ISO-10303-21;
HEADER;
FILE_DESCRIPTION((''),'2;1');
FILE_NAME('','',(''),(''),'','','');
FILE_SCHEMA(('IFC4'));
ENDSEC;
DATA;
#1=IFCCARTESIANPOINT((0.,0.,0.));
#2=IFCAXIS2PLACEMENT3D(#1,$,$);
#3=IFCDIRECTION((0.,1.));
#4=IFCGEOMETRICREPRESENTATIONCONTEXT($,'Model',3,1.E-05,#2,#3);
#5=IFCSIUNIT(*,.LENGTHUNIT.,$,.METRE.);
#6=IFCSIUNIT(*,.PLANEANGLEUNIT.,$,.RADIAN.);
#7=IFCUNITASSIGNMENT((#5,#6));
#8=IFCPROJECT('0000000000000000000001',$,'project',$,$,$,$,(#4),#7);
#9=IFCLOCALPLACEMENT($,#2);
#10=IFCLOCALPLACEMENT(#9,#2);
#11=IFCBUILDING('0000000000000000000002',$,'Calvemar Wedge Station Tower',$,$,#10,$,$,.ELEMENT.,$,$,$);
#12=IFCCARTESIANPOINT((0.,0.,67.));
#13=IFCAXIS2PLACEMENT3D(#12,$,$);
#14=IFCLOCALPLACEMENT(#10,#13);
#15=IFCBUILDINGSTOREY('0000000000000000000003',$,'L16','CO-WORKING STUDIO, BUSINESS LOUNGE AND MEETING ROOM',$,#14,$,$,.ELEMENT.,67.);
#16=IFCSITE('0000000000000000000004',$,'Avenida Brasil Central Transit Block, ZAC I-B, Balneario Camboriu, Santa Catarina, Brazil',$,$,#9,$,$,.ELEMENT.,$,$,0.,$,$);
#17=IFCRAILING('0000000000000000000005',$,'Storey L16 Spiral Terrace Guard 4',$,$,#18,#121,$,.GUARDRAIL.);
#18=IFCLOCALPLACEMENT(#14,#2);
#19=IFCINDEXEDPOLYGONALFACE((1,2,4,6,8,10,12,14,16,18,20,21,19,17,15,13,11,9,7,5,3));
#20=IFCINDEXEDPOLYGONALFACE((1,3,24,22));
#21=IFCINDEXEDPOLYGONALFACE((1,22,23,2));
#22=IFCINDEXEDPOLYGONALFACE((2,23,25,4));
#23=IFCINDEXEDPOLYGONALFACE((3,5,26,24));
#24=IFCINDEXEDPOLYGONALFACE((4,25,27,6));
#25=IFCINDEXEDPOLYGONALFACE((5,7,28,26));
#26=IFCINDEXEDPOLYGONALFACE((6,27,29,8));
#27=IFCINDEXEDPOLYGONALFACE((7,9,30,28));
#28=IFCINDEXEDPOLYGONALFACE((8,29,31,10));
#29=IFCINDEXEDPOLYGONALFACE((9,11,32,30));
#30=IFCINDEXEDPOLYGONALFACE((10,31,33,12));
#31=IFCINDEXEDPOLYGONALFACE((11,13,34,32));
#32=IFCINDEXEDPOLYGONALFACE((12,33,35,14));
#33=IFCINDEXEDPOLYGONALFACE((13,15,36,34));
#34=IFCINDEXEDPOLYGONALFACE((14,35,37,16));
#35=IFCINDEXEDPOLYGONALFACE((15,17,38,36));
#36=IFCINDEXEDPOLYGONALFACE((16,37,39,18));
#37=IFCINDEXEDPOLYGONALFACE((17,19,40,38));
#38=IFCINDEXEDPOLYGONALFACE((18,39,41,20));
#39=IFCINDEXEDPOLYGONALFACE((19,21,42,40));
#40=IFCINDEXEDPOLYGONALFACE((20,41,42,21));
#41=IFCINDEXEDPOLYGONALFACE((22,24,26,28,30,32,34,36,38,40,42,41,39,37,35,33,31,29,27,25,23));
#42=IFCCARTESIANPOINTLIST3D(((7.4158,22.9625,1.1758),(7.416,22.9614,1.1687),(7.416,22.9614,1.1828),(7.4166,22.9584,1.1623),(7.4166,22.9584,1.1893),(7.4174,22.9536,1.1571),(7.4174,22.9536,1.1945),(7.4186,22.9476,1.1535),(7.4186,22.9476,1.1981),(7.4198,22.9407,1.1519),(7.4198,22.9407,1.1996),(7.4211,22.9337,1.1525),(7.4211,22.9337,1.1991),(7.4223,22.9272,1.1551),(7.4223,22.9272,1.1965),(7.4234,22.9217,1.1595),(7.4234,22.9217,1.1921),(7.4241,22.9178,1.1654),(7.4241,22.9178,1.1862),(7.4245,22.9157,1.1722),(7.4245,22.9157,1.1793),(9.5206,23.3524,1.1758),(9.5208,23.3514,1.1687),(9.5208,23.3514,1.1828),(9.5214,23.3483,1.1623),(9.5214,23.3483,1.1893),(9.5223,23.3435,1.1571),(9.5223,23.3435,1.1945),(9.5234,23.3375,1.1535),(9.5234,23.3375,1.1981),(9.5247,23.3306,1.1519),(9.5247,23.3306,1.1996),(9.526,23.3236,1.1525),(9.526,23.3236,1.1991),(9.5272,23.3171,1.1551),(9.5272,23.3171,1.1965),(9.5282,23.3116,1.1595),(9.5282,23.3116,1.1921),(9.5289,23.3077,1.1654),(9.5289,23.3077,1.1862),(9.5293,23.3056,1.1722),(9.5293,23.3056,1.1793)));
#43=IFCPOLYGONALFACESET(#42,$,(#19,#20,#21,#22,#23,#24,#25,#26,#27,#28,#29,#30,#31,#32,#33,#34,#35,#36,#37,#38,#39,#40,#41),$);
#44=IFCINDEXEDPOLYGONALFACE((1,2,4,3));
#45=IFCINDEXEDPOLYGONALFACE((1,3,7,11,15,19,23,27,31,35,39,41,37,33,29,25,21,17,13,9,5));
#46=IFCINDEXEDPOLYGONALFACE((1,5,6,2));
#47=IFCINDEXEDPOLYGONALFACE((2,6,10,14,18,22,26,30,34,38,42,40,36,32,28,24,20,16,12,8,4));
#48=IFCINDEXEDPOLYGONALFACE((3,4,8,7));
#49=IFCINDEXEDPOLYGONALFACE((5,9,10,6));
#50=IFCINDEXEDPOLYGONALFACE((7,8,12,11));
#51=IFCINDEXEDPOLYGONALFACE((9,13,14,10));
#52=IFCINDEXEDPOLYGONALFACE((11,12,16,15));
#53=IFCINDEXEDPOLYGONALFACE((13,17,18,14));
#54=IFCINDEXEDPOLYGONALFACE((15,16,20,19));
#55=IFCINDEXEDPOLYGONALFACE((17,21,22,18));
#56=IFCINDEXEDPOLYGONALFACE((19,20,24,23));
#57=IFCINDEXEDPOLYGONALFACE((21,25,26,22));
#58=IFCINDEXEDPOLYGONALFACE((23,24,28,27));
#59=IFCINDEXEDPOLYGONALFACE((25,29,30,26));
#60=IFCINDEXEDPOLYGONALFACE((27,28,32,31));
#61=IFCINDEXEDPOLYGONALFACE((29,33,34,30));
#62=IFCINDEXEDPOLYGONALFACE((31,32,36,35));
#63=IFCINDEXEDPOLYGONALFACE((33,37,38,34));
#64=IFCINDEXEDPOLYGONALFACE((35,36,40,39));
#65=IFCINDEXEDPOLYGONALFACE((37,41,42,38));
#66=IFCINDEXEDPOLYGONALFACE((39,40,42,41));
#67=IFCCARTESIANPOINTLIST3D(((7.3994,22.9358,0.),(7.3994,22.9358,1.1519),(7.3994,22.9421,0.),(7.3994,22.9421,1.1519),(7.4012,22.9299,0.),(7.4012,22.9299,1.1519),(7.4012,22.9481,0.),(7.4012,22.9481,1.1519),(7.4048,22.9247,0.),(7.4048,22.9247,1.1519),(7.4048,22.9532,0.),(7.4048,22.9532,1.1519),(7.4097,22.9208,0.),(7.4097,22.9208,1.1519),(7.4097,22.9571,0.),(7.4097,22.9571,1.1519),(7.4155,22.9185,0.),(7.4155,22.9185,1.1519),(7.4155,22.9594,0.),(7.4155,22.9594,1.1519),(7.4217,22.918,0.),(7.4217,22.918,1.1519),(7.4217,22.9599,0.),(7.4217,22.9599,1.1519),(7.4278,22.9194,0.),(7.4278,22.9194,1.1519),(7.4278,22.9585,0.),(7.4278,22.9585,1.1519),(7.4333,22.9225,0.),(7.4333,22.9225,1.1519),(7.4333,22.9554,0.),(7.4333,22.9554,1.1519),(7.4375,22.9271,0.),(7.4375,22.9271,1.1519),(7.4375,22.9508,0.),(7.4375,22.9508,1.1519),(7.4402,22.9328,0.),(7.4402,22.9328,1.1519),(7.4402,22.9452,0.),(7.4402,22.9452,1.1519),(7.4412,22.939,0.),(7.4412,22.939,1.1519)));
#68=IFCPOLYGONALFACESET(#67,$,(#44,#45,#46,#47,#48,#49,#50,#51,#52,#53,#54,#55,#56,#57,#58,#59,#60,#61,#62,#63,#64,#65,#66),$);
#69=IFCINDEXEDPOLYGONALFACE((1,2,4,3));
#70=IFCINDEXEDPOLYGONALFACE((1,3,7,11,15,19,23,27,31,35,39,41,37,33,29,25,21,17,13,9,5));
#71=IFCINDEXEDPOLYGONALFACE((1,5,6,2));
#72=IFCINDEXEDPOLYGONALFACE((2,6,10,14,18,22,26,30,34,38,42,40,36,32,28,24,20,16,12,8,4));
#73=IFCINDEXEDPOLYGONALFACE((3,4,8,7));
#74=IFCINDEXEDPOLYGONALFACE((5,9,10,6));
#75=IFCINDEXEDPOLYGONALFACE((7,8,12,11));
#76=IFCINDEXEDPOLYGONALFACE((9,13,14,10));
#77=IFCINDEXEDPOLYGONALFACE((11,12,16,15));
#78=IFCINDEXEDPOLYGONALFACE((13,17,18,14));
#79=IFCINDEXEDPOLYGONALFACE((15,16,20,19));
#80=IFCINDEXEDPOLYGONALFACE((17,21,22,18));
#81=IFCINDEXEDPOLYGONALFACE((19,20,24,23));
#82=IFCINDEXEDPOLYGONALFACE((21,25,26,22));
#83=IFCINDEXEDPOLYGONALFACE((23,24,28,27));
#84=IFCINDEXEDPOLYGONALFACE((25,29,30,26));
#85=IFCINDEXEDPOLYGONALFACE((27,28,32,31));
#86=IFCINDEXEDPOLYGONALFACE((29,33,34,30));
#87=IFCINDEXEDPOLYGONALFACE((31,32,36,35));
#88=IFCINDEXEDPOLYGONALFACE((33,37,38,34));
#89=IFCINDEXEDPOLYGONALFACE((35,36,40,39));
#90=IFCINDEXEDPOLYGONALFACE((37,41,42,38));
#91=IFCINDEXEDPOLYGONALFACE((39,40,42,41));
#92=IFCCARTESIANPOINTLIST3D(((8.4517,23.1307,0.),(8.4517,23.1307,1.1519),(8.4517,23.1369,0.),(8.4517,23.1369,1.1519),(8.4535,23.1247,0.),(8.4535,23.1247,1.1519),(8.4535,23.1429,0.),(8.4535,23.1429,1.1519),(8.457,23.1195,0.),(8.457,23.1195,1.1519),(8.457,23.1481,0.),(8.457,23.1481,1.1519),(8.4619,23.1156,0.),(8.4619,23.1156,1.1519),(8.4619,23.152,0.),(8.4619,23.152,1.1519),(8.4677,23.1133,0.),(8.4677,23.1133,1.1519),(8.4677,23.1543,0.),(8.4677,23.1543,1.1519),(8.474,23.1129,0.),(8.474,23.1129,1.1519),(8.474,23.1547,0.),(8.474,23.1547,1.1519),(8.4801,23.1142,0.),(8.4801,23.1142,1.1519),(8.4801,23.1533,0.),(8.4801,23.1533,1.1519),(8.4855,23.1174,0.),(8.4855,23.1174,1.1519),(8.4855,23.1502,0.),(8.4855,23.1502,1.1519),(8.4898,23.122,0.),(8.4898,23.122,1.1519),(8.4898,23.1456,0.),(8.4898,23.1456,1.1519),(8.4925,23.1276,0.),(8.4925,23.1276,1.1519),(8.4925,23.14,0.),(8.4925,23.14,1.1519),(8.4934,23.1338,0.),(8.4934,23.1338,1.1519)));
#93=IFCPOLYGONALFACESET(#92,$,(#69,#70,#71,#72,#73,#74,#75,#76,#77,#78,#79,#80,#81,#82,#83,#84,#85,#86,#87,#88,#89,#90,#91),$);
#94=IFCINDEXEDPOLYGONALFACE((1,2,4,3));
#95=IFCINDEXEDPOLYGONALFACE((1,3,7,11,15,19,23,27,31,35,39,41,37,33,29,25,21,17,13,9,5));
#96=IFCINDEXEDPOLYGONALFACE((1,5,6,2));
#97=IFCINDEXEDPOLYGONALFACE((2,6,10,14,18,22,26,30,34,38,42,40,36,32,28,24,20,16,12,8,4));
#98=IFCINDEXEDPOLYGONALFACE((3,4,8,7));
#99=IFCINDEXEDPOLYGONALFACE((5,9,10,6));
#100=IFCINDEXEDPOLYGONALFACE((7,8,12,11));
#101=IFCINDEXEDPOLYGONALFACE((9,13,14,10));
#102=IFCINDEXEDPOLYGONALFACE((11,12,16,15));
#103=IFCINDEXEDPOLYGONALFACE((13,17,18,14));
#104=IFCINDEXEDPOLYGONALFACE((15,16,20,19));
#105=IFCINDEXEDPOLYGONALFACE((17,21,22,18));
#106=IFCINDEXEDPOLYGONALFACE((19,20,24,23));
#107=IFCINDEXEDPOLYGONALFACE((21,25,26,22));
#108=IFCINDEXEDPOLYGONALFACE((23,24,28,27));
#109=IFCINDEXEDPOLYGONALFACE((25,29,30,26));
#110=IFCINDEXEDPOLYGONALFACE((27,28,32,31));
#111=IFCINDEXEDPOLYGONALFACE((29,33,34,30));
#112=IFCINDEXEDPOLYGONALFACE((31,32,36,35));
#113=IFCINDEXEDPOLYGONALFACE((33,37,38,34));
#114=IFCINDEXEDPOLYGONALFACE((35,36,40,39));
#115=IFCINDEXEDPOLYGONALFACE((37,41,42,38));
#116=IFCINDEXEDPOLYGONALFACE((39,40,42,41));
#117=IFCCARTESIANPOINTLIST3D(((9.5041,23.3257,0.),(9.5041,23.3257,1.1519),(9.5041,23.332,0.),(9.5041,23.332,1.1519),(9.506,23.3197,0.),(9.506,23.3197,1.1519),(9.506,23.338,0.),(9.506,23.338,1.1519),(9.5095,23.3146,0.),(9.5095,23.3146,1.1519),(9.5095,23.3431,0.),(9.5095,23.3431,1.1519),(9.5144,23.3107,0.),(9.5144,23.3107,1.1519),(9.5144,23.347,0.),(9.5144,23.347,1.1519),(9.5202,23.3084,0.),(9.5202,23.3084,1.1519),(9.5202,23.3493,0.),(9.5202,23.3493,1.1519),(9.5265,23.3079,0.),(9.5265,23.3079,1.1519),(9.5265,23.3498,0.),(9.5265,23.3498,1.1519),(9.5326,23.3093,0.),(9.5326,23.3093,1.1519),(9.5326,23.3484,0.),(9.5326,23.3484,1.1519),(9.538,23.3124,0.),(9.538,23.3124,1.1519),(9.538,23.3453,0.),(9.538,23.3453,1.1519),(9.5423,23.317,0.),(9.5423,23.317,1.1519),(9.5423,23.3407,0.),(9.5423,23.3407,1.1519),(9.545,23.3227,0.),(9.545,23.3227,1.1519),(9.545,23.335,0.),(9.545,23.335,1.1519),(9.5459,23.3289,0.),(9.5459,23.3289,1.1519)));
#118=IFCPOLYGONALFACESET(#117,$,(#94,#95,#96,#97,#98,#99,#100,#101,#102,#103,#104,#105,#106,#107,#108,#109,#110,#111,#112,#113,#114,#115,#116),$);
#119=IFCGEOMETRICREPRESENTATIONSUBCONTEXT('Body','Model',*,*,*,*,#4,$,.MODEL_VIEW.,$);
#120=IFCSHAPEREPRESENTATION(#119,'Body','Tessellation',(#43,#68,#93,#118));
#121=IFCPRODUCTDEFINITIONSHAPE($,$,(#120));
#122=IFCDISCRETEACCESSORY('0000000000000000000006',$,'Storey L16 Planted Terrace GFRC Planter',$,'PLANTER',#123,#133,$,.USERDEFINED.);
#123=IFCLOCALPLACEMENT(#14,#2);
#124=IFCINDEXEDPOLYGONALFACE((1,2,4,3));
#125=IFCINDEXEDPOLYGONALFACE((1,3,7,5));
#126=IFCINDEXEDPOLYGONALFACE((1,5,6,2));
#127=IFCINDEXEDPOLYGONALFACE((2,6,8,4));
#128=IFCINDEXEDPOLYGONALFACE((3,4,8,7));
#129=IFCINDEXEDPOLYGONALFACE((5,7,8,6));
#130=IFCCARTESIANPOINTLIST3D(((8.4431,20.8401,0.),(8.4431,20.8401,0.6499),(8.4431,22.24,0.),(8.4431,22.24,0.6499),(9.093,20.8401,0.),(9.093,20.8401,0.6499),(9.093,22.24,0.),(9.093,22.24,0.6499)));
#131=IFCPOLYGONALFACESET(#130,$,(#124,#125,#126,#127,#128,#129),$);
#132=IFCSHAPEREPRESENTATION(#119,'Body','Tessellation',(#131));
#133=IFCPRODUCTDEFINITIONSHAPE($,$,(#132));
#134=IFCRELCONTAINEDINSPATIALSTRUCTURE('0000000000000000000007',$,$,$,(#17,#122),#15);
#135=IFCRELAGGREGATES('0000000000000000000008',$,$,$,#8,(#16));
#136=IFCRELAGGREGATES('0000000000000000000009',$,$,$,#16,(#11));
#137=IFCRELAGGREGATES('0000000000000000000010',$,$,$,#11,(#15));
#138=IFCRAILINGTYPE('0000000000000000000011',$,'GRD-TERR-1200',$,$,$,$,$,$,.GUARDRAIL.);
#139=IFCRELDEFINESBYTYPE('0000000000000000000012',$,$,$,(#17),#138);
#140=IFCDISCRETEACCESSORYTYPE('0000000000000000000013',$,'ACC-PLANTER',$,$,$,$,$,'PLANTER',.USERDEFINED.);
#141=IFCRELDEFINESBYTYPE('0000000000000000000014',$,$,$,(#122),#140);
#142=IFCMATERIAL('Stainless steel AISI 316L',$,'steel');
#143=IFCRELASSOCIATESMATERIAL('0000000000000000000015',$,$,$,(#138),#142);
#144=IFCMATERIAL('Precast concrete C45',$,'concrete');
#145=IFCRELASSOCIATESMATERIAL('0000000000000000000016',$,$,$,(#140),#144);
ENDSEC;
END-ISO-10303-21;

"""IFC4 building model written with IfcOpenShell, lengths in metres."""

from ifc_helpers import new_model, si_unit, direction, frame, origin, origin_2d, place, context, subcontext, project, spatial, rectangle, circle, extrude, source, transform, mapped, material, type_object, element, save


model = new_model("IFC4")

# Units and contexts
model_context = context("Model", 3, precision=1e-05, world=origin(), true_north=direction((0.0, 1.0)))
body_context = subcontext(model_context, "Body", "Model", "MODEL_VIEW")
ifc_project = project(units=[si_unit("LENGTHUNIT", "METRE"), si_unit("PLANEANGLEUNIT", "RADIAN")], contexts=[model_context])

# Site, building, storey
site_placement = place(None, origin())
site = spatial("IfcSite", under=ifc_project, at=site_placement, Name="Avenida Brasil Central Transit Block, ZAC I-B, Balneario Camboriu, Santa Catarina, Brazil", CompositionType="ELEMENT", RefElevation=0.0)
building_placement = place(site_placement, origin())
building = spatial("IfcBuilding", under=site, at=building_placement, Name="Calvemar Wedge Station Tower", CompositionType="ELEMENT")
storey_placement = place(building_placement, frame((0.0, 0.0, 67.0)))
storey = spatial("IfcBuildingStorey", under=building, at=storey_placement, Name="L16", Description="CO-WORKING STUDIO, BUSINESS LOUNGE AND MEETING ROOM", CompositionType="ELEMENT", Elevation=67.0)

# Shared definitions
ifc_material_1 = material(Name="Precast concrete C45", Category="concrete")

# Railing
ifc_material_2 = material(Name="Stainless steel AISI 316L", Category="steel")
railing_type = type_object("IfcRailingType", Name="GRD-TERR-1200", PredefinedType="GUARDRAIL", material=ifc_material_2)
railing_1_placement = place(storey_placement, frame((7.4202, 22.939, 0.0)))
element("IfcRailing", 1, at=railing_1_placement, inside=storey, type_object=railing_type, Name="Storey L16 Spiral Terrace Guard 4", PredefinedType="GUARDRAIL", context=body_context, shape_type="SweptSolid", body=[
    extrude(circle(Radius=0.0239, at=origin_2d()), frame((0.0, 0.0, 1.1758), z_axis=(0.983271, 0.182146, 0.0), x_axis=(-0.182146, 0.983271, 0.0)), (0.0, 0.0, 1.0), 2.1406),
    extrude(circle(Radius=0.021, at=origin_2d()), origin(), (0.0, 0.0, 1.0), 1.1519),
    extrude(circle(Radius=0.021, at=origin_2d()), frame((1.0522, 0.1948, 0.0)), (0.0, 0.0, 1.0), 1.1519),
    extrude(circle(Radius=0.021, at=origin_2d()), frame((2.1047, 0.3899, 0.0)), (0.0, 0.0, 1.0), 1.1519),
])

# Discrete accessory
discrete_accessory_type = type_object("IfcDiscreteAccessoryType", Name="ACC-PLANTER", ElementType="PLANTER", PredefinedType="USERDEFINED", material=ifc_material_1)
shared_shape_1 = source(origin(), body_context, "Body", "SweptSolid", [
    extrude(rectangle(XDim=0.6499, YDim=1.3999, at=origin_2d()), origin(), (0.0, 0.0, 1.0), 0.6499),
])
discrete_accessory_placement = place(storey_placement, frame((8.7681, 21.54, 0.0), z_axis=(0.0, 0.0, 1.0), x_axis=(1.0, 0.0, 0.0)))
element("IfcDiscreteAccessory", 2, at=discrete_accessory_placement, inside=storey, type_object=discrete_accessory_type, Name="Storey L16 Planted Terrace GFRC Planter", ObjectType="PLANTER", PredefinedType="USERDEFINED", context=body_context, shape_type="MappedRepresentation", body=[
    mapped(shared_shape_1, transform((0.0, 0.0, 0.0), scale=1.0)),
])

save(model, "model.ifc")
